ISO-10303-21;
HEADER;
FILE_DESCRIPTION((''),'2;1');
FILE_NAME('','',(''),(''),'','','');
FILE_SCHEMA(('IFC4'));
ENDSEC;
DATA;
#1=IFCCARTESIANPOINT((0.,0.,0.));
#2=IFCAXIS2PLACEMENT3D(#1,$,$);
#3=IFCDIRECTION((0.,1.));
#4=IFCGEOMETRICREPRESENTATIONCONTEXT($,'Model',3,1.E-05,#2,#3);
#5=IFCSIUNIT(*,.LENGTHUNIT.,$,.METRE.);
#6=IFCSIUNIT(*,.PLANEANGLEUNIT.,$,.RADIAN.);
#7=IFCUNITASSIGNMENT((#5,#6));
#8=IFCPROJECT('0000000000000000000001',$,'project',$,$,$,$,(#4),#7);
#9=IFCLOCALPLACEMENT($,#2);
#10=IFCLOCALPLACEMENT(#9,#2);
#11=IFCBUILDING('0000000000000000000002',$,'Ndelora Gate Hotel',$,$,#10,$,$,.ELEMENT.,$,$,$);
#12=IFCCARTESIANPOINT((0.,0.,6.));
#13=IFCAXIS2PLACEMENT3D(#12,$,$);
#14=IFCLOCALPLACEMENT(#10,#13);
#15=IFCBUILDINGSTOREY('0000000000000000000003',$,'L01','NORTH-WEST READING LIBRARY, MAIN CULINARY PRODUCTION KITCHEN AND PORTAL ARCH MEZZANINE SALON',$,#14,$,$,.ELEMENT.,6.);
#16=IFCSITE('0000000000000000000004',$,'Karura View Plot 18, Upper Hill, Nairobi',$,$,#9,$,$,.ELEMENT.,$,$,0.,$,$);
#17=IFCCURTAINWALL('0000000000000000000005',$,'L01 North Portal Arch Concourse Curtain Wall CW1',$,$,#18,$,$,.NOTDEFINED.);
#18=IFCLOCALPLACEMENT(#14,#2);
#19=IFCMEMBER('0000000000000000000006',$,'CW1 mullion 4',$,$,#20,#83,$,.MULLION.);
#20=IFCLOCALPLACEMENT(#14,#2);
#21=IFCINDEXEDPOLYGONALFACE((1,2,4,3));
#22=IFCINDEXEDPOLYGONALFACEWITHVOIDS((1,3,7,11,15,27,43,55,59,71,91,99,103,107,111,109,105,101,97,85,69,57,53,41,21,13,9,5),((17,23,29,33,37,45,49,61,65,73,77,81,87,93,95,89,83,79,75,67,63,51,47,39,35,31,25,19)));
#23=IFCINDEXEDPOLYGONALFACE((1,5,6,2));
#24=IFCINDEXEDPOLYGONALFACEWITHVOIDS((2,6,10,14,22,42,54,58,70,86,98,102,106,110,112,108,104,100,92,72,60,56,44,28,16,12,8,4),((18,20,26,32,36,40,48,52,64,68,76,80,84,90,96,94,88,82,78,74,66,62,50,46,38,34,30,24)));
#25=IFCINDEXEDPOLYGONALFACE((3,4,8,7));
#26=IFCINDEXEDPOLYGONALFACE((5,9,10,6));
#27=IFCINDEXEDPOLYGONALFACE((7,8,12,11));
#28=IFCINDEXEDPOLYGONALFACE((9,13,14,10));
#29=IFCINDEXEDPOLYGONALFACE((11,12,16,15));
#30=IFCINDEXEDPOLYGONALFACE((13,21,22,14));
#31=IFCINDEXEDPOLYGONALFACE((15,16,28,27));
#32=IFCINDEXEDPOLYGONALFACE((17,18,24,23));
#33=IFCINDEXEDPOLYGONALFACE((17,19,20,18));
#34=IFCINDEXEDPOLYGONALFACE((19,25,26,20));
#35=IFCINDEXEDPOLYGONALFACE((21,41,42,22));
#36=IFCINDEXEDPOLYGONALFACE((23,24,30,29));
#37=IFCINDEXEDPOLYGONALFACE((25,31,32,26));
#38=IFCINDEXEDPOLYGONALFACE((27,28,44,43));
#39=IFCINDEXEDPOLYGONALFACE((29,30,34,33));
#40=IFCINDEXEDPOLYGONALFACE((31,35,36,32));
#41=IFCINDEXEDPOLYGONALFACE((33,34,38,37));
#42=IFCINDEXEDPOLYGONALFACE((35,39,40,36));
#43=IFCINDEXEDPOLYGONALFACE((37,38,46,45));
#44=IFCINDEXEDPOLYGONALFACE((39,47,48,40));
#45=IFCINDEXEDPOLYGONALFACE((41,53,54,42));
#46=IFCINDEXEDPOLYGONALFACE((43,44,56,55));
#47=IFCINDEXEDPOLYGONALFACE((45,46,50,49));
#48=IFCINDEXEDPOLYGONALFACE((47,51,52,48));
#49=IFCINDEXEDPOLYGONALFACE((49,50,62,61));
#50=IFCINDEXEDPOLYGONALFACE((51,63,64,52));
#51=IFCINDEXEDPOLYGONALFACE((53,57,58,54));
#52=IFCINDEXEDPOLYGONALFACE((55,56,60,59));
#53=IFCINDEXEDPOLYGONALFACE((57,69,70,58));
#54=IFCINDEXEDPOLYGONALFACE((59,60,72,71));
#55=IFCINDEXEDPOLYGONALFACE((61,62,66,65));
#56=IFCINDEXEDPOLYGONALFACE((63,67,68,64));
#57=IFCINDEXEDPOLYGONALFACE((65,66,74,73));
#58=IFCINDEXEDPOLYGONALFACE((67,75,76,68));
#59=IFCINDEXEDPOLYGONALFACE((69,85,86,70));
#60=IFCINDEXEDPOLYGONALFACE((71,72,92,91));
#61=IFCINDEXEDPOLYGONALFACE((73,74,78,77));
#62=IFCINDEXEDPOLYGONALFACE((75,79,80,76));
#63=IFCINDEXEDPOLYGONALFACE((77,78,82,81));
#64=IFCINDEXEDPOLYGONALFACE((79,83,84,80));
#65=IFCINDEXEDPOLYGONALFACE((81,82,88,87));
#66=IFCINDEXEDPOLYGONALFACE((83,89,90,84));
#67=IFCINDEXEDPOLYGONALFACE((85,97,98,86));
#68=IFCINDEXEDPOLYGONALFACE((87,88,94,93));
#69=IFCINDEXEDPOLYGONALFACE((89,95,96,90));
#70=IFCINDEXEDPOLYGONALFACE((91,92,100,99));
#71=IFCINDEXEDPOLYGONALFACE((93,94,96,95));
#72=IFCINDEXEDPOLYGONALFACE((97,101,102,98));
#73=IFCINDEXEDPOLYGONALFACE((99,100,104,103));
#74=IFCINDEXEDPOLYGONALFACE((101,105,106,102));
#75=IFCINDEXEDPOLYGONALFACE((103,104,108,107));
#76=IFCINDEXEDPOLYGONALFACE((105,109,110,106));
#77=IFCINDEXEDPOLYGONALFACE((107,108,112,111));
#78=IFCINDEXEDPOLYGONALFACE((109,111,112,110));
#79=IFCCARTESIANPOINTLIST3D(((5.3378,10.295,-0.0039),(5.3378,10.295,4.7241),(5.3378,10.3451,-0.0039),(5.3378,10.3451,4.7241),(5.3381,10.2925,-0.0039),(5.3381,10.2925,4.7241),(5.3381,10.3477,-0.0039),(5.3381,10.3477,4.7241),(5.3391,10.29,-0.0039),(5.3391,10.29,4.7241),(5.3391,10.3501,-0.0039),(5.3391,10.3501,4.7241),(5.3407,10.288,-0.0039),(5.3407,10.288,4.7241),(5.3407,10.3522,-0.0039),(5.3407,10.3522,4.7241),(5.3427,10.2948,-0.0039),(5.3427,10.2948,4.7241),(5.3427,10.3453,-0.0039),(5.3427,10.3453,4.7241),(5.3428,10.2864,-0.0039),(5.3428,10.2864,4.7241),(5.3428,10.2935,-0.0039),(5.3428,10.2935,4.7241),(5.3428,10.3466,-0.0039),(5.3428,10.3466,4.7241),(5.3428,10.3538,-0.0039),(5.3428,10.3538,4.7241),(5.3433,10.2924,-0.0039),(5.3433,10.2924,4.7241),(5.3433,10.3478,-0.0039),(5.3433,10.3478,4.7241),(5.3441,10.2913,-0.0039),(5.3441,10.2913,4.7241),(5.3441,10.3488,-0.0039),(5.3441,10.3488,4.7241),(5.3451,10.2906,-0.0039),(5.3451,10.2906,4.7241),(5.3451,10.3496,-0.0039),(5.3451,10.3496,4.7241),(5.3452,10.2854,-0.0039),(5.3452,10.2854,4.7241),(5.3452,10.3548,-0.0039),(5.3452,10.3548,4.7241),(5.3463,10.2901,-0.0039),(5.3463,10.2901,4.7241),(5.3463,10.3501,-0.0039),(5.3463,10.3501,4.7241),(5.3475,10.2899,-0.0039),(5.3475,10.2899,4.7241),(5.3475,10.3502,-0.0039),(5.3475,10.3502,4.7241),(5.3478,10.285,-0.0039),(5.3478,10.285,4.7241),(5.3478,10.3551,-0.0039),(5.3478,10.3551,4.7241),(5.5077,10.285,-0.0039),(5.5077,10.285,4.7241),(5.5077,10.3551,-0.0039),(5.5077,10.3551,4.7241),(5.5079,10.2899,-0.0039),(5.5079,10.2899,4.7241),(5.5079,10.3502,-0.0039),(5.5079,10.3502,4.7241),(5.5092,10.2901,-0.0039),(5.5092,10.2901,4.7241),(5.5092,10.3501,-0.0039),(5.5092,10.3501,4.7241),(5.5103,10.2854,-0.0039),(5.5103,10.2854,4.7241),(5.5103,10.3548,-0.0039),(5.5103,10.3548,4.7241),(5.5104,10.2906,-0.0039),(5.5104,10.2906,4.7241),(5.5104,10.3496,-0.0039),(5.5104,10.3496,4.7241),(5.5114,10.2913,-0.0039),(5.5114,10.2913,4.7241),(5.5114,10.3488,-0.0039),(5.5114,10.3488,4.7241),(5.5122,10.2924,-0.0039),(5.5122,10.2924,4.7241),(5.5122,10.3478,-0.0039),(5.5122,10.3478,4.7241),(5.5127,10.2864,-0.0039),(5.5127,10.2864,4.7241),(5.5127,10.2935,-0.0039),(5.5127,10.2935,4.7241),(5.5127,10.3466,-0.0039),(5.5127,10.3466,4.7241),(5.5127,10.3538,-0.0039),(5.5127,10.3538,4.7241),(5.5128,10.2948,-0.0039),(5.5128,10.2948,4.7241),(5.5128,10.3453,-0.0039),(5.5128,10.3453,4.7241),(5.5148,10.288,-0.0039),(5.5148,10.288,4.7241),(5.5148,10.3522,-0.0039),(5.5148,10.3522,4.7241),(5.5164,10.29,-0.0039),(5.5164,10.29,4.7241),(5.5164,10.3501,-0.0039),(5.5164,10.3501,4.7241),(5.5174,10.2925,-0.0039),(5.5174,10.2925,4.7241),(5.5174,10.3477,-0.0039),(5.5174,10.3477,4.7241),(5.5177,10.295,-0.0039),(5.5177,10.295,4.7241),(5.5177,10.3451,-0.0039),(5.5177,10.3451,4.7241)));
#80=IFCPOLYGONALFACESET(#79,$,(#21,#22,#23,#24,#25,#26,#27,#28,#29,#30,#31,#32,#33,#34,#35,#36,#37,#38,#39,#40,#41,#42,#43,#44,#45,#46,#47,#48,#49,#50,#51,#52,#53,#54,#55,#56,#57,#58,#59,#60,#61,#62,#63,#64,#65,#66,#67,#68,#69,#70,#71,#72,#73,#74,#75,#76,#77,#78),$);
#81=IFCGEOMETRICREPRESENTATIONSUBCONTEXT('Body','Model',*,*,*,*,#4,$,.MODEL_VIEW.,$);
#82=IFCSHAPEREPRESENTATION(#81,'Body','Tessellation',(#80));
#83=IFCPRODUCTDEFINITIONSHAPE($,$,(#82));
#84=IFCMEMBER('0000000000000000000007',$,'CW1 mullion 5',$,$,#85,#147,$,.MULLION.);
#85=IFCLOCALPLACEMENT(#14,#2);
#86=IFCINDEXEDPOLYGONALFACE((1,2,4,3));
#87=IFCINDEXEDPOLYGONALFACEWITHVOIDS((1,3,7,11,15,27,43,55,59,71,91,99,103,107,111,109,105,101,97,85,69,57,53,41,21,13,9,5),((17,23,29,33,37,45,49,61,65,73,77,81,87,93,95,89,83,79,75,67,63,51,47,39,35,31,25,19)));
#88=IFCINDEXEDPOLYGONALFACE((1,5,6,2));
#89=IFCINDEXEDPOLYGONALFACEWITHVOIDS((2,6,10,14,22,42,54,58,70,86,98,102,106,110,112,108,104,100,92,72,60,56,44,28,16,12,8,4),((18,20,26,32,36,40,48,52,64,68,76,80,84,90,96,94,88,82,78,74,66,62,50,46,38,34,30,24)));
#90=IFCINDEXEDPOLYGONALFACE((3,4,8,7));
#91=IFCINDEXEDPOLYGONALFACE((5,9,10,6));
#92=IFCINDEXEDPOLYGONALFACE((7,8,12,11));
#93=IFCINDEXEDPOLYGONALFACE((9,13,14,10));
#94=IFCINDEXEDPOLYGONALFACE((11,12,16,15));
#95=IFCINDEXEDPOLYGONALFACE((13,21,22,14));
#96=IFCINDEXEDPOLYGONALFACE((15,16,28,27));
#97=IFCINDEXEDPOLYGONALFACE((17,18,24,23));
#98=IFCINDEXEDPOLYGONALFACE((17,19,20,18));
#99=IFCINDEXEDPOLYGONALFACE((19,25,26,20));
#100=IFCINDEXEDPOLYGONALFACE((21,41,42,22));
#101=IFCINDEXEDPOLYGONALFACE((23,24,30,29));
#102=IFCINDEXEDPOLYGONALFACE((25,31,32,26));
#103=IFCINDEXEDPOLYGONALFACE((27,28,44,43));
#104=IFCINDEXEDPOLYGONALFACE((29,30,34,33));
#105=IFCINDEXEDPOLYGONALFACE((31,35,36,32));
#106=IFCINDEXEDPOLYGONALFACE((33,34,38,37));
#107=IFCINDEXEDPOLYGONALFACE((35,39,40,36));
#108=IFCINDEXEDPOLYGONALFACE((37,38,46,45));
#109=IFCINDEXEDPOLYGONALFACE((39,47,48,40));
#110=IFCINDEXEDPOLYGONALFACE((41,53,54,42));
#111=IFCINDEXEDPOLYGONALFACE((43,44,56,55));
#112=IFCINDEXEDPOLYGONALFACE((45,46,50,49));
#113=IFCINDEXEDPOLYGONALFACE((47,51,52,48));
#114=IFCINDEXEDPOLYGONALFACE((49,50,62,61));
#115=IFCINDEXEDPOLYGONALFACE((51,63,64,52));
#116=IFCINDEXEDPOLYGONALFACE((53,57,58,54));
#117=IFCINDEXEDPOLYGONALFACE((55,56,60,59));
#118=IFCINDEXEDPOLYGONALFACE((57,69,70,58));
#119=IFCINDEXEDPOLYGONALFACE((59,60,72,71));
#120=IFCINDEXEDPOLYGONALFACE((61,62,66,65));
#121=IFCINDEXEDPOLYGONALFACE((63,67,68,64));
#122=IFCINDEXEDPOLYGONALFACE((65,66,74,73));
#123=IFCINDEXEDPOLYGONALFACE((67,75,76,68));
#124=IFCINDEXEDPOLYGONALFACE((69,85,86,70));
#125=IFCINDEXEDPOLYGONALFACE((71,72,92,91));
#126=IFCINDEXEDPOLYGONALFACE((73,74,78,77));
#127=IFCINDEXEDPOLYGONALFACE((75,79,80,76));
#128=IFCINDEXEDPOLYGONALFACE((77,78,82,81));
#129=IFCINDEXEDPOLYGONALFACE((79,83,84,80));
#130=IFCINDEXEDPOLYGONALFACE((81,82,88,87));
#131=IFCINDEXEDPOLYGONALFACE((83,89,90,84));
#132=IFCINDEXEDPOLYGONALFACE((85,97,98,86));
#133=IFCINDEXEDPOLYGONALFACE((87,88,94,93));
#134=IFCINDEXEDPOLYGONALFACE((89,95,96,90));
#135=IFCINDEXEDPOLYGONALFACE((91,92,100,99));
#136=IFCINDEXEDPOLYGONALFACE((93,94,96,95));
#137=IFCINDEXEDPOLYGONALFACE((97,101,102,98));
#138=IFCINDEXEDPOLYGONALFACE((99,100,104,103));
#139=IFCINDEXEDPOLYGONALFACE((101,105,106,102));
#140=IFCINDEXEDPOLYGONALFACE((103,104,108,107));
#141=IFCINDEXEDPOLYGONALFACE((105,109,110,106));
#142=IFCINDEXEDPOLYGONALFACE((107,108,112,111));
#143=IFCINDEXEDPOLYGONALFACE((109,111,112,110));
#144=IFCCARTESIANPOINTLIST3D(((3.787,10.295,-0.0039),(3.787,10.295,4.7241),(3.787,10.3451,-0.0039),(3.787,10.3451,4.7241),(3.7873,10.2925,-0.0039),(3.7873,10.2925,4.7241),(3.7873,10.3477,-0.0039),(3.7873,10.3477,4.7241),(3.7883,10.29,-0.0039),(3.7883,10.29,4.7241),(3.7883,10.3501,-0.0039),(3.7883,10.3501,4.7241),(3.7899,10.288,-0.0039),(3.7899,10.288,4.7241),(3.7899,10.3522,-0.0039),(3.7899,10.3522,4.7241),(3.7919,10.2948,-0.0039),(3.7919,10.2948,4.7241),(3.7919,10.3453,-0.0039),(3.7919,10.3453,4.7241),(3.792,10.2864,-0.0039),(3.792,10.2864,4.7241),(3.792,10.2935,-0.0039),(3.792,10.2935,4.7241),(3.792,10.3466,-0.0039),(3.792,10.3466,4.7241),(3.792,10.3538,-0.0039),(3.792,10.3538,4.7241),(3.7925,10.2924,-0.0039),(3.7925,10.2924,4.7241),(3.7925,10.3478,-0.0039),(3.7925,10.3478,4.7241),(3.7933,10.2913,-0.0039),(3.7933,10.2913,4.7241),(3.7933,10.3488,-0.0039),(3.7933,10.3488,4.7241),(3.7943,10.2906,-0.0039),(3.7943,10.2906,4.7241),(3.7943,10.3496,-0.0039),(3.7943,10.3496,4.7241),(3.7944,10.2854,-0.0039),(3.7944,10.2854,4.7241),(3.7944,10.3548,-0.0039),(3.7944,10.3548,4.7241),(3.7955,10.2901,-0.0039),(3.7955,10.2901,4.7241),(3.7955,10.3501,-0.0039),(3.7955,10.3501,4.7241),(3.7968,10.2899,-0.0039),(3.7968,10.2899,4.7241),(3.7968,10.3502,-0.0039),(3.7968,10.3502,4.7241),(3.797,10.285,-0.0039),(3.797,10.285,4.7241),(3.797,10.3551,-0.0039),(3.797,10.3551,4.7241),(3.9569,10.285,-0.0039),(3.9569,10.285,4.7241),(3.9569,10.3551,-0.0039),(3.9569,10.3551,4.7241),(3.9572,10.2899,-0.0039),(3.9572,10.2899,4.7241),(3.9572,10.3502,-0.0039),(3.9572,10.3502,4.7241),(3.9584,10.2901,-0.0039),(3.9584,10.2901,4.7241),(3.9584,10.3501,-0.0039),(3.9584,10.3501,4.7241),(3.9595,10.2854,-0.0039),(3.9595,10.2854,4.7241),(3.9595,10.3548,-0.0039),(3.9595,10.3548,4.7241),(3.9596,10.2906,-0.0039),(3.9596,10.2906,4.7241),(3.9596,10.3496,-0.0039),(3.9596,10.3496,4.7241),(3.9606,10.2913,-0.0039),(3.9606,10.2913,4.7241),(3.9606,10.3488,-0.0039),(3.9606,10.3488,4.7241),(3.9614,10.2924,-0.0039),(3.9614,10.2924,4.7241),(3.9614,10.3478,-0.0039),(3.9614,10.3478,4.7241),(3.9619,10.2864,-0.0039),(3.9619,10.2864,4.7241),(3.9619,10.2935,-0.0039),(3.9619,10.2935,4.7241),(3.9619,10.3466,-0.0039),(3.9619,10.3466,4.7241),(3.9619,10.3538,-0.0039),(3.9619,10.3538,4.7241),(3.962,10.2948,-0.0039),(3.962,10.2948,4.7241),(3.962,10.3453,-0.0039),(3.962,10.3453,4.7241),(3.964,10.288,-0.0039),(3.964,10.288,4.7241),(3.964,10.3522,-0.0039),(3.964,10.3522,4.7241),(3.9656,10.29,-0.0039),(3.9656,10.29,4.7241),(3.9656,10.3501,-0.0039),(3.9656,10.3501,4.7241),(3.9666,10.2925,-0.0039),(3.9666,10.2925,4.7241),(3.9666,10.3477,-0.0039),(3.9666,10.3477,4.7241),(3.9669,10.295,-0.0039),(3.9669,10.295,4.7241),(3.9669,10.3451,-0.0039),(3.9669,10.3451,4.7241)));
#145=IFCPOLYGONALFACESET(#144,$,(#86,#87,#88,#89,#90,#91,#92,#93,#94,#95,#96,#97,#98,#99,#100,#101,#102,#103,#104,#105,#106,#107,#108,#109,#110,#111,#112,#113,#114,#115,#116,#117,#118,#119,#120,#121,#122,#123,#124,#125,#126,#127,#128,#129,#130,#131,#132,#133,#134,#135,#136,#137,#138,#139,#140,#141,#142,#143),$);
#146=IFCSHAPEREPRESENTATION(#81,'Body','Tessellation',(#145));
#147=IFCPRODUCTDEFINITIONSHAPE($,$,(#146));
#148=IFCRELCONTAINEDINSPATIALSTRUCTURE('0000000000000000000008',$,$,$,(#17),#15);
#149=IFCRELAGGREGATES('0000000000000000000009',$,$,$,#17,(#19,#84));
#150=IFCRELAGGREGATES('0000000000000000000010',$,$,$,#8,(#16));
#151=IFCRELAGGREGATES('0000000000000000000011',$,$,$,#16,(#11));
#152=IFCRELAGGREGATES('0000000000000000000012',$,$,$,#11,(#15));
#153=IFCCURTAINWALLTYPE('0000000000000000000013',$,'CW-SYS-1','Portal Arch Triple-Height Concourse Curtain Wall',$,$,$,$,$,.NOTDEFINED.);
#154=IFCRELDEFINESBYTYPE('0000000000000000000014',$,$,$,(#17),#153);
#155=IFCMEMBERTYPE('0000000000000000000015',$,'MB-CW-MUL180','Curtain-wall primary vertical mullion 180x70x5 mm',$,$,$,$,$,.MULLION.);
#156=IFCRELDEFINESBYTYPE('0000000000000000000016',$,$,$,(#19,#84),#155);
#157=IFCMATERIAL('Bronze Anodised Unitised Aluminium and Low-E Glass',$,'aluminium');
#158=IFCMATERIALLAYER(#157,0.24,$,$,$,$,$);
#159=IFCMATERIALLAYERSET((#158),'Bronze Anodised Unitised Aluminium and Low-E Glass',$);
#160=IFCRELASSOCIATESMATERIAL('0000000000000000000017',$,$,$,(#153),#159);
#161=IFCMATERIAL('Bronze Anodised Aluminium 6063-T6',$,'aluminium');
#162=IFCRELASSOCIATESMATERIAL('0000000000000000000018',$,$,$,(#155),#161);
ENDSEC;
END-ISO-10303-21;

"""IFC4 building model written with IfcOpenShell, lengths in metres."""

from ifc_helpers import new_model, si_unit, direction, frame, origin, origin_2d, place, context, subcontext, project, spatial, hollow_rectangle, extrude, material, layer, layer_set, material_profile, profile_set, type_object, element, aggregate, save


model = new_model("IFC4")

# Units and contexts
model_context = context("Model", 3, precision=1e-05, world=origin(), true_north=direction((0.0, 1.0)))
body_context = subcontext(model_context, "Body", "Model", "MODEL_VIEW")
ifc_project = project(units=[si_unit("LENGTHUNIT", "METRE"), si_unit("PLANEANGLEUNIT", "RADIAN")], contexts=[model_context])

# Site, building, storey
site_placement = place(None, origin())
site = spatial("IfcSite", under=ifc_project, at=site_placement, Name="Karura View Plot 18, Upper Hill, Nairobi", CompositionType="ELEMENT", RefElevation=0.0)
building_placement = place(site_placement, origin())
building = spatial("IfcBuilding", under=site, at=building_placement, Name="Ndelora Gate Hotel", CompositionType="ELEMENT")
storey_placement = place(building_placement, frame((0.0, 0.0, 6.0)))
storey = spatial("IfcBuildingStorey", under=building, at=storey_placement, Name="L01", Description="NORTH-WEST READING LIBRARY, MAIN CULINARY PRODUCTION KITCHEN AND PORTAL ARCH MEZZANINE SALON", CompositionType="ELEMENT", Elevation=6.0)

# Curtain wall, members
ifc_material_1 = material(Name="Bronze Anodised Unitised Aluminium and Low-E Glass", Category="aluminium")
ifc_layer_1 = layer(ifc_material_1, 0.24)
ifc_layer_set_1 = layer_set([ifc_layer_1], Name="Bronze Anodised Unitised Aluminium and Low-E Glass")
curtain_wall_type = type_object("IfcCurtainWallType", Name="CW-SYS-1", Description="Portal Arch Triple-Height Concourse Curtain Wall", PredefinedType="NOTDEFINED", material=ifc_layer_set_1)
curtain_wall_placement = place(storey_placement, origin())
curtain_wall = element("IfcCurtainWall", 1, at=curtain_wall_placement, inside=storey, type_object=curtain_wall_type, Name="L01 North Portal Arch Concourse Curtain Wall CW1", PredefinedType="NOTDEFINED")
ifc_material_2 = material(Name="Bronze Anodised Aluminium 6063-T6", Category="aluminium")
ifc_material_profile_1 = material_profile(ifc_material_2, hollow_rectangle(XDim=0.0701, YDim=0.1799, WallThickness=0.0049, InnerFilletRadius=0.0049, OuterFilletRadius=0.01, at=origin_2d()), Name="ALU 180x70x5")
ifc_profile_set_1 = profile_set([ifc_material_profile_1], Name="Bronze Anodised Aluminium 6063-T6")
member_type_1 = type_object("IfcMemberType", Name="MB-CW-MUL180", Description="Curtain-wall primary vertical mullion 180x70x5 mm", PredefinedType="MULLION", material=ifc_profile_set_1)
member_1_placement = place(storey_placement, frame((5.4277, 10.3201, -0.0039), z_axis=(0.0, 0.0, 1.0), x_axis=(0.0, -1.0, 0.0)))
member_1 = element("IfcMember", 2, at=member_1_placement, type_object=member_type_1, Name="CW1 mullion 4", PredefinedType="MULLION", context=body_context, shape_type="SweptSolid", body=[
    extrude(hollow_rectangle(XDim=0.0701, YDim=0.1799, WallThickness=0.0049, InnerFilletRadius=0.0049, OuterFilletRadius=0.01, at=origin_2d()), origin(), (0.0, 0.0, 1.0), 4.728),
])
member_2_placement = place(storey_placement, frame((3.877, 10.3201, -0.0039), z_axis=(0.0, 0.0, 1.0), x_axis=(0.0, -1.0, 0.0)))
member_2 = element("IfcMember", 3, at=member_2_placement, type_object=member_type_1, Name="CW1 mullion 5", PredefinedType="MULLION", context=body_context, shape_type="SweptSolid", body=[
    extrude(hollow_rectangle(XDim=0.0701, YDim=0.1799, WallThickness=0.0049, InnerFilletRadius=0.0049, OuterFilletRadius=0.01, at=origin_2d()), origin(), (0.0, 0.0, 1.0), 4.728),
])
aggregate(curtain_wall, [member_1, member_2])

save(model, "model.ifc")
